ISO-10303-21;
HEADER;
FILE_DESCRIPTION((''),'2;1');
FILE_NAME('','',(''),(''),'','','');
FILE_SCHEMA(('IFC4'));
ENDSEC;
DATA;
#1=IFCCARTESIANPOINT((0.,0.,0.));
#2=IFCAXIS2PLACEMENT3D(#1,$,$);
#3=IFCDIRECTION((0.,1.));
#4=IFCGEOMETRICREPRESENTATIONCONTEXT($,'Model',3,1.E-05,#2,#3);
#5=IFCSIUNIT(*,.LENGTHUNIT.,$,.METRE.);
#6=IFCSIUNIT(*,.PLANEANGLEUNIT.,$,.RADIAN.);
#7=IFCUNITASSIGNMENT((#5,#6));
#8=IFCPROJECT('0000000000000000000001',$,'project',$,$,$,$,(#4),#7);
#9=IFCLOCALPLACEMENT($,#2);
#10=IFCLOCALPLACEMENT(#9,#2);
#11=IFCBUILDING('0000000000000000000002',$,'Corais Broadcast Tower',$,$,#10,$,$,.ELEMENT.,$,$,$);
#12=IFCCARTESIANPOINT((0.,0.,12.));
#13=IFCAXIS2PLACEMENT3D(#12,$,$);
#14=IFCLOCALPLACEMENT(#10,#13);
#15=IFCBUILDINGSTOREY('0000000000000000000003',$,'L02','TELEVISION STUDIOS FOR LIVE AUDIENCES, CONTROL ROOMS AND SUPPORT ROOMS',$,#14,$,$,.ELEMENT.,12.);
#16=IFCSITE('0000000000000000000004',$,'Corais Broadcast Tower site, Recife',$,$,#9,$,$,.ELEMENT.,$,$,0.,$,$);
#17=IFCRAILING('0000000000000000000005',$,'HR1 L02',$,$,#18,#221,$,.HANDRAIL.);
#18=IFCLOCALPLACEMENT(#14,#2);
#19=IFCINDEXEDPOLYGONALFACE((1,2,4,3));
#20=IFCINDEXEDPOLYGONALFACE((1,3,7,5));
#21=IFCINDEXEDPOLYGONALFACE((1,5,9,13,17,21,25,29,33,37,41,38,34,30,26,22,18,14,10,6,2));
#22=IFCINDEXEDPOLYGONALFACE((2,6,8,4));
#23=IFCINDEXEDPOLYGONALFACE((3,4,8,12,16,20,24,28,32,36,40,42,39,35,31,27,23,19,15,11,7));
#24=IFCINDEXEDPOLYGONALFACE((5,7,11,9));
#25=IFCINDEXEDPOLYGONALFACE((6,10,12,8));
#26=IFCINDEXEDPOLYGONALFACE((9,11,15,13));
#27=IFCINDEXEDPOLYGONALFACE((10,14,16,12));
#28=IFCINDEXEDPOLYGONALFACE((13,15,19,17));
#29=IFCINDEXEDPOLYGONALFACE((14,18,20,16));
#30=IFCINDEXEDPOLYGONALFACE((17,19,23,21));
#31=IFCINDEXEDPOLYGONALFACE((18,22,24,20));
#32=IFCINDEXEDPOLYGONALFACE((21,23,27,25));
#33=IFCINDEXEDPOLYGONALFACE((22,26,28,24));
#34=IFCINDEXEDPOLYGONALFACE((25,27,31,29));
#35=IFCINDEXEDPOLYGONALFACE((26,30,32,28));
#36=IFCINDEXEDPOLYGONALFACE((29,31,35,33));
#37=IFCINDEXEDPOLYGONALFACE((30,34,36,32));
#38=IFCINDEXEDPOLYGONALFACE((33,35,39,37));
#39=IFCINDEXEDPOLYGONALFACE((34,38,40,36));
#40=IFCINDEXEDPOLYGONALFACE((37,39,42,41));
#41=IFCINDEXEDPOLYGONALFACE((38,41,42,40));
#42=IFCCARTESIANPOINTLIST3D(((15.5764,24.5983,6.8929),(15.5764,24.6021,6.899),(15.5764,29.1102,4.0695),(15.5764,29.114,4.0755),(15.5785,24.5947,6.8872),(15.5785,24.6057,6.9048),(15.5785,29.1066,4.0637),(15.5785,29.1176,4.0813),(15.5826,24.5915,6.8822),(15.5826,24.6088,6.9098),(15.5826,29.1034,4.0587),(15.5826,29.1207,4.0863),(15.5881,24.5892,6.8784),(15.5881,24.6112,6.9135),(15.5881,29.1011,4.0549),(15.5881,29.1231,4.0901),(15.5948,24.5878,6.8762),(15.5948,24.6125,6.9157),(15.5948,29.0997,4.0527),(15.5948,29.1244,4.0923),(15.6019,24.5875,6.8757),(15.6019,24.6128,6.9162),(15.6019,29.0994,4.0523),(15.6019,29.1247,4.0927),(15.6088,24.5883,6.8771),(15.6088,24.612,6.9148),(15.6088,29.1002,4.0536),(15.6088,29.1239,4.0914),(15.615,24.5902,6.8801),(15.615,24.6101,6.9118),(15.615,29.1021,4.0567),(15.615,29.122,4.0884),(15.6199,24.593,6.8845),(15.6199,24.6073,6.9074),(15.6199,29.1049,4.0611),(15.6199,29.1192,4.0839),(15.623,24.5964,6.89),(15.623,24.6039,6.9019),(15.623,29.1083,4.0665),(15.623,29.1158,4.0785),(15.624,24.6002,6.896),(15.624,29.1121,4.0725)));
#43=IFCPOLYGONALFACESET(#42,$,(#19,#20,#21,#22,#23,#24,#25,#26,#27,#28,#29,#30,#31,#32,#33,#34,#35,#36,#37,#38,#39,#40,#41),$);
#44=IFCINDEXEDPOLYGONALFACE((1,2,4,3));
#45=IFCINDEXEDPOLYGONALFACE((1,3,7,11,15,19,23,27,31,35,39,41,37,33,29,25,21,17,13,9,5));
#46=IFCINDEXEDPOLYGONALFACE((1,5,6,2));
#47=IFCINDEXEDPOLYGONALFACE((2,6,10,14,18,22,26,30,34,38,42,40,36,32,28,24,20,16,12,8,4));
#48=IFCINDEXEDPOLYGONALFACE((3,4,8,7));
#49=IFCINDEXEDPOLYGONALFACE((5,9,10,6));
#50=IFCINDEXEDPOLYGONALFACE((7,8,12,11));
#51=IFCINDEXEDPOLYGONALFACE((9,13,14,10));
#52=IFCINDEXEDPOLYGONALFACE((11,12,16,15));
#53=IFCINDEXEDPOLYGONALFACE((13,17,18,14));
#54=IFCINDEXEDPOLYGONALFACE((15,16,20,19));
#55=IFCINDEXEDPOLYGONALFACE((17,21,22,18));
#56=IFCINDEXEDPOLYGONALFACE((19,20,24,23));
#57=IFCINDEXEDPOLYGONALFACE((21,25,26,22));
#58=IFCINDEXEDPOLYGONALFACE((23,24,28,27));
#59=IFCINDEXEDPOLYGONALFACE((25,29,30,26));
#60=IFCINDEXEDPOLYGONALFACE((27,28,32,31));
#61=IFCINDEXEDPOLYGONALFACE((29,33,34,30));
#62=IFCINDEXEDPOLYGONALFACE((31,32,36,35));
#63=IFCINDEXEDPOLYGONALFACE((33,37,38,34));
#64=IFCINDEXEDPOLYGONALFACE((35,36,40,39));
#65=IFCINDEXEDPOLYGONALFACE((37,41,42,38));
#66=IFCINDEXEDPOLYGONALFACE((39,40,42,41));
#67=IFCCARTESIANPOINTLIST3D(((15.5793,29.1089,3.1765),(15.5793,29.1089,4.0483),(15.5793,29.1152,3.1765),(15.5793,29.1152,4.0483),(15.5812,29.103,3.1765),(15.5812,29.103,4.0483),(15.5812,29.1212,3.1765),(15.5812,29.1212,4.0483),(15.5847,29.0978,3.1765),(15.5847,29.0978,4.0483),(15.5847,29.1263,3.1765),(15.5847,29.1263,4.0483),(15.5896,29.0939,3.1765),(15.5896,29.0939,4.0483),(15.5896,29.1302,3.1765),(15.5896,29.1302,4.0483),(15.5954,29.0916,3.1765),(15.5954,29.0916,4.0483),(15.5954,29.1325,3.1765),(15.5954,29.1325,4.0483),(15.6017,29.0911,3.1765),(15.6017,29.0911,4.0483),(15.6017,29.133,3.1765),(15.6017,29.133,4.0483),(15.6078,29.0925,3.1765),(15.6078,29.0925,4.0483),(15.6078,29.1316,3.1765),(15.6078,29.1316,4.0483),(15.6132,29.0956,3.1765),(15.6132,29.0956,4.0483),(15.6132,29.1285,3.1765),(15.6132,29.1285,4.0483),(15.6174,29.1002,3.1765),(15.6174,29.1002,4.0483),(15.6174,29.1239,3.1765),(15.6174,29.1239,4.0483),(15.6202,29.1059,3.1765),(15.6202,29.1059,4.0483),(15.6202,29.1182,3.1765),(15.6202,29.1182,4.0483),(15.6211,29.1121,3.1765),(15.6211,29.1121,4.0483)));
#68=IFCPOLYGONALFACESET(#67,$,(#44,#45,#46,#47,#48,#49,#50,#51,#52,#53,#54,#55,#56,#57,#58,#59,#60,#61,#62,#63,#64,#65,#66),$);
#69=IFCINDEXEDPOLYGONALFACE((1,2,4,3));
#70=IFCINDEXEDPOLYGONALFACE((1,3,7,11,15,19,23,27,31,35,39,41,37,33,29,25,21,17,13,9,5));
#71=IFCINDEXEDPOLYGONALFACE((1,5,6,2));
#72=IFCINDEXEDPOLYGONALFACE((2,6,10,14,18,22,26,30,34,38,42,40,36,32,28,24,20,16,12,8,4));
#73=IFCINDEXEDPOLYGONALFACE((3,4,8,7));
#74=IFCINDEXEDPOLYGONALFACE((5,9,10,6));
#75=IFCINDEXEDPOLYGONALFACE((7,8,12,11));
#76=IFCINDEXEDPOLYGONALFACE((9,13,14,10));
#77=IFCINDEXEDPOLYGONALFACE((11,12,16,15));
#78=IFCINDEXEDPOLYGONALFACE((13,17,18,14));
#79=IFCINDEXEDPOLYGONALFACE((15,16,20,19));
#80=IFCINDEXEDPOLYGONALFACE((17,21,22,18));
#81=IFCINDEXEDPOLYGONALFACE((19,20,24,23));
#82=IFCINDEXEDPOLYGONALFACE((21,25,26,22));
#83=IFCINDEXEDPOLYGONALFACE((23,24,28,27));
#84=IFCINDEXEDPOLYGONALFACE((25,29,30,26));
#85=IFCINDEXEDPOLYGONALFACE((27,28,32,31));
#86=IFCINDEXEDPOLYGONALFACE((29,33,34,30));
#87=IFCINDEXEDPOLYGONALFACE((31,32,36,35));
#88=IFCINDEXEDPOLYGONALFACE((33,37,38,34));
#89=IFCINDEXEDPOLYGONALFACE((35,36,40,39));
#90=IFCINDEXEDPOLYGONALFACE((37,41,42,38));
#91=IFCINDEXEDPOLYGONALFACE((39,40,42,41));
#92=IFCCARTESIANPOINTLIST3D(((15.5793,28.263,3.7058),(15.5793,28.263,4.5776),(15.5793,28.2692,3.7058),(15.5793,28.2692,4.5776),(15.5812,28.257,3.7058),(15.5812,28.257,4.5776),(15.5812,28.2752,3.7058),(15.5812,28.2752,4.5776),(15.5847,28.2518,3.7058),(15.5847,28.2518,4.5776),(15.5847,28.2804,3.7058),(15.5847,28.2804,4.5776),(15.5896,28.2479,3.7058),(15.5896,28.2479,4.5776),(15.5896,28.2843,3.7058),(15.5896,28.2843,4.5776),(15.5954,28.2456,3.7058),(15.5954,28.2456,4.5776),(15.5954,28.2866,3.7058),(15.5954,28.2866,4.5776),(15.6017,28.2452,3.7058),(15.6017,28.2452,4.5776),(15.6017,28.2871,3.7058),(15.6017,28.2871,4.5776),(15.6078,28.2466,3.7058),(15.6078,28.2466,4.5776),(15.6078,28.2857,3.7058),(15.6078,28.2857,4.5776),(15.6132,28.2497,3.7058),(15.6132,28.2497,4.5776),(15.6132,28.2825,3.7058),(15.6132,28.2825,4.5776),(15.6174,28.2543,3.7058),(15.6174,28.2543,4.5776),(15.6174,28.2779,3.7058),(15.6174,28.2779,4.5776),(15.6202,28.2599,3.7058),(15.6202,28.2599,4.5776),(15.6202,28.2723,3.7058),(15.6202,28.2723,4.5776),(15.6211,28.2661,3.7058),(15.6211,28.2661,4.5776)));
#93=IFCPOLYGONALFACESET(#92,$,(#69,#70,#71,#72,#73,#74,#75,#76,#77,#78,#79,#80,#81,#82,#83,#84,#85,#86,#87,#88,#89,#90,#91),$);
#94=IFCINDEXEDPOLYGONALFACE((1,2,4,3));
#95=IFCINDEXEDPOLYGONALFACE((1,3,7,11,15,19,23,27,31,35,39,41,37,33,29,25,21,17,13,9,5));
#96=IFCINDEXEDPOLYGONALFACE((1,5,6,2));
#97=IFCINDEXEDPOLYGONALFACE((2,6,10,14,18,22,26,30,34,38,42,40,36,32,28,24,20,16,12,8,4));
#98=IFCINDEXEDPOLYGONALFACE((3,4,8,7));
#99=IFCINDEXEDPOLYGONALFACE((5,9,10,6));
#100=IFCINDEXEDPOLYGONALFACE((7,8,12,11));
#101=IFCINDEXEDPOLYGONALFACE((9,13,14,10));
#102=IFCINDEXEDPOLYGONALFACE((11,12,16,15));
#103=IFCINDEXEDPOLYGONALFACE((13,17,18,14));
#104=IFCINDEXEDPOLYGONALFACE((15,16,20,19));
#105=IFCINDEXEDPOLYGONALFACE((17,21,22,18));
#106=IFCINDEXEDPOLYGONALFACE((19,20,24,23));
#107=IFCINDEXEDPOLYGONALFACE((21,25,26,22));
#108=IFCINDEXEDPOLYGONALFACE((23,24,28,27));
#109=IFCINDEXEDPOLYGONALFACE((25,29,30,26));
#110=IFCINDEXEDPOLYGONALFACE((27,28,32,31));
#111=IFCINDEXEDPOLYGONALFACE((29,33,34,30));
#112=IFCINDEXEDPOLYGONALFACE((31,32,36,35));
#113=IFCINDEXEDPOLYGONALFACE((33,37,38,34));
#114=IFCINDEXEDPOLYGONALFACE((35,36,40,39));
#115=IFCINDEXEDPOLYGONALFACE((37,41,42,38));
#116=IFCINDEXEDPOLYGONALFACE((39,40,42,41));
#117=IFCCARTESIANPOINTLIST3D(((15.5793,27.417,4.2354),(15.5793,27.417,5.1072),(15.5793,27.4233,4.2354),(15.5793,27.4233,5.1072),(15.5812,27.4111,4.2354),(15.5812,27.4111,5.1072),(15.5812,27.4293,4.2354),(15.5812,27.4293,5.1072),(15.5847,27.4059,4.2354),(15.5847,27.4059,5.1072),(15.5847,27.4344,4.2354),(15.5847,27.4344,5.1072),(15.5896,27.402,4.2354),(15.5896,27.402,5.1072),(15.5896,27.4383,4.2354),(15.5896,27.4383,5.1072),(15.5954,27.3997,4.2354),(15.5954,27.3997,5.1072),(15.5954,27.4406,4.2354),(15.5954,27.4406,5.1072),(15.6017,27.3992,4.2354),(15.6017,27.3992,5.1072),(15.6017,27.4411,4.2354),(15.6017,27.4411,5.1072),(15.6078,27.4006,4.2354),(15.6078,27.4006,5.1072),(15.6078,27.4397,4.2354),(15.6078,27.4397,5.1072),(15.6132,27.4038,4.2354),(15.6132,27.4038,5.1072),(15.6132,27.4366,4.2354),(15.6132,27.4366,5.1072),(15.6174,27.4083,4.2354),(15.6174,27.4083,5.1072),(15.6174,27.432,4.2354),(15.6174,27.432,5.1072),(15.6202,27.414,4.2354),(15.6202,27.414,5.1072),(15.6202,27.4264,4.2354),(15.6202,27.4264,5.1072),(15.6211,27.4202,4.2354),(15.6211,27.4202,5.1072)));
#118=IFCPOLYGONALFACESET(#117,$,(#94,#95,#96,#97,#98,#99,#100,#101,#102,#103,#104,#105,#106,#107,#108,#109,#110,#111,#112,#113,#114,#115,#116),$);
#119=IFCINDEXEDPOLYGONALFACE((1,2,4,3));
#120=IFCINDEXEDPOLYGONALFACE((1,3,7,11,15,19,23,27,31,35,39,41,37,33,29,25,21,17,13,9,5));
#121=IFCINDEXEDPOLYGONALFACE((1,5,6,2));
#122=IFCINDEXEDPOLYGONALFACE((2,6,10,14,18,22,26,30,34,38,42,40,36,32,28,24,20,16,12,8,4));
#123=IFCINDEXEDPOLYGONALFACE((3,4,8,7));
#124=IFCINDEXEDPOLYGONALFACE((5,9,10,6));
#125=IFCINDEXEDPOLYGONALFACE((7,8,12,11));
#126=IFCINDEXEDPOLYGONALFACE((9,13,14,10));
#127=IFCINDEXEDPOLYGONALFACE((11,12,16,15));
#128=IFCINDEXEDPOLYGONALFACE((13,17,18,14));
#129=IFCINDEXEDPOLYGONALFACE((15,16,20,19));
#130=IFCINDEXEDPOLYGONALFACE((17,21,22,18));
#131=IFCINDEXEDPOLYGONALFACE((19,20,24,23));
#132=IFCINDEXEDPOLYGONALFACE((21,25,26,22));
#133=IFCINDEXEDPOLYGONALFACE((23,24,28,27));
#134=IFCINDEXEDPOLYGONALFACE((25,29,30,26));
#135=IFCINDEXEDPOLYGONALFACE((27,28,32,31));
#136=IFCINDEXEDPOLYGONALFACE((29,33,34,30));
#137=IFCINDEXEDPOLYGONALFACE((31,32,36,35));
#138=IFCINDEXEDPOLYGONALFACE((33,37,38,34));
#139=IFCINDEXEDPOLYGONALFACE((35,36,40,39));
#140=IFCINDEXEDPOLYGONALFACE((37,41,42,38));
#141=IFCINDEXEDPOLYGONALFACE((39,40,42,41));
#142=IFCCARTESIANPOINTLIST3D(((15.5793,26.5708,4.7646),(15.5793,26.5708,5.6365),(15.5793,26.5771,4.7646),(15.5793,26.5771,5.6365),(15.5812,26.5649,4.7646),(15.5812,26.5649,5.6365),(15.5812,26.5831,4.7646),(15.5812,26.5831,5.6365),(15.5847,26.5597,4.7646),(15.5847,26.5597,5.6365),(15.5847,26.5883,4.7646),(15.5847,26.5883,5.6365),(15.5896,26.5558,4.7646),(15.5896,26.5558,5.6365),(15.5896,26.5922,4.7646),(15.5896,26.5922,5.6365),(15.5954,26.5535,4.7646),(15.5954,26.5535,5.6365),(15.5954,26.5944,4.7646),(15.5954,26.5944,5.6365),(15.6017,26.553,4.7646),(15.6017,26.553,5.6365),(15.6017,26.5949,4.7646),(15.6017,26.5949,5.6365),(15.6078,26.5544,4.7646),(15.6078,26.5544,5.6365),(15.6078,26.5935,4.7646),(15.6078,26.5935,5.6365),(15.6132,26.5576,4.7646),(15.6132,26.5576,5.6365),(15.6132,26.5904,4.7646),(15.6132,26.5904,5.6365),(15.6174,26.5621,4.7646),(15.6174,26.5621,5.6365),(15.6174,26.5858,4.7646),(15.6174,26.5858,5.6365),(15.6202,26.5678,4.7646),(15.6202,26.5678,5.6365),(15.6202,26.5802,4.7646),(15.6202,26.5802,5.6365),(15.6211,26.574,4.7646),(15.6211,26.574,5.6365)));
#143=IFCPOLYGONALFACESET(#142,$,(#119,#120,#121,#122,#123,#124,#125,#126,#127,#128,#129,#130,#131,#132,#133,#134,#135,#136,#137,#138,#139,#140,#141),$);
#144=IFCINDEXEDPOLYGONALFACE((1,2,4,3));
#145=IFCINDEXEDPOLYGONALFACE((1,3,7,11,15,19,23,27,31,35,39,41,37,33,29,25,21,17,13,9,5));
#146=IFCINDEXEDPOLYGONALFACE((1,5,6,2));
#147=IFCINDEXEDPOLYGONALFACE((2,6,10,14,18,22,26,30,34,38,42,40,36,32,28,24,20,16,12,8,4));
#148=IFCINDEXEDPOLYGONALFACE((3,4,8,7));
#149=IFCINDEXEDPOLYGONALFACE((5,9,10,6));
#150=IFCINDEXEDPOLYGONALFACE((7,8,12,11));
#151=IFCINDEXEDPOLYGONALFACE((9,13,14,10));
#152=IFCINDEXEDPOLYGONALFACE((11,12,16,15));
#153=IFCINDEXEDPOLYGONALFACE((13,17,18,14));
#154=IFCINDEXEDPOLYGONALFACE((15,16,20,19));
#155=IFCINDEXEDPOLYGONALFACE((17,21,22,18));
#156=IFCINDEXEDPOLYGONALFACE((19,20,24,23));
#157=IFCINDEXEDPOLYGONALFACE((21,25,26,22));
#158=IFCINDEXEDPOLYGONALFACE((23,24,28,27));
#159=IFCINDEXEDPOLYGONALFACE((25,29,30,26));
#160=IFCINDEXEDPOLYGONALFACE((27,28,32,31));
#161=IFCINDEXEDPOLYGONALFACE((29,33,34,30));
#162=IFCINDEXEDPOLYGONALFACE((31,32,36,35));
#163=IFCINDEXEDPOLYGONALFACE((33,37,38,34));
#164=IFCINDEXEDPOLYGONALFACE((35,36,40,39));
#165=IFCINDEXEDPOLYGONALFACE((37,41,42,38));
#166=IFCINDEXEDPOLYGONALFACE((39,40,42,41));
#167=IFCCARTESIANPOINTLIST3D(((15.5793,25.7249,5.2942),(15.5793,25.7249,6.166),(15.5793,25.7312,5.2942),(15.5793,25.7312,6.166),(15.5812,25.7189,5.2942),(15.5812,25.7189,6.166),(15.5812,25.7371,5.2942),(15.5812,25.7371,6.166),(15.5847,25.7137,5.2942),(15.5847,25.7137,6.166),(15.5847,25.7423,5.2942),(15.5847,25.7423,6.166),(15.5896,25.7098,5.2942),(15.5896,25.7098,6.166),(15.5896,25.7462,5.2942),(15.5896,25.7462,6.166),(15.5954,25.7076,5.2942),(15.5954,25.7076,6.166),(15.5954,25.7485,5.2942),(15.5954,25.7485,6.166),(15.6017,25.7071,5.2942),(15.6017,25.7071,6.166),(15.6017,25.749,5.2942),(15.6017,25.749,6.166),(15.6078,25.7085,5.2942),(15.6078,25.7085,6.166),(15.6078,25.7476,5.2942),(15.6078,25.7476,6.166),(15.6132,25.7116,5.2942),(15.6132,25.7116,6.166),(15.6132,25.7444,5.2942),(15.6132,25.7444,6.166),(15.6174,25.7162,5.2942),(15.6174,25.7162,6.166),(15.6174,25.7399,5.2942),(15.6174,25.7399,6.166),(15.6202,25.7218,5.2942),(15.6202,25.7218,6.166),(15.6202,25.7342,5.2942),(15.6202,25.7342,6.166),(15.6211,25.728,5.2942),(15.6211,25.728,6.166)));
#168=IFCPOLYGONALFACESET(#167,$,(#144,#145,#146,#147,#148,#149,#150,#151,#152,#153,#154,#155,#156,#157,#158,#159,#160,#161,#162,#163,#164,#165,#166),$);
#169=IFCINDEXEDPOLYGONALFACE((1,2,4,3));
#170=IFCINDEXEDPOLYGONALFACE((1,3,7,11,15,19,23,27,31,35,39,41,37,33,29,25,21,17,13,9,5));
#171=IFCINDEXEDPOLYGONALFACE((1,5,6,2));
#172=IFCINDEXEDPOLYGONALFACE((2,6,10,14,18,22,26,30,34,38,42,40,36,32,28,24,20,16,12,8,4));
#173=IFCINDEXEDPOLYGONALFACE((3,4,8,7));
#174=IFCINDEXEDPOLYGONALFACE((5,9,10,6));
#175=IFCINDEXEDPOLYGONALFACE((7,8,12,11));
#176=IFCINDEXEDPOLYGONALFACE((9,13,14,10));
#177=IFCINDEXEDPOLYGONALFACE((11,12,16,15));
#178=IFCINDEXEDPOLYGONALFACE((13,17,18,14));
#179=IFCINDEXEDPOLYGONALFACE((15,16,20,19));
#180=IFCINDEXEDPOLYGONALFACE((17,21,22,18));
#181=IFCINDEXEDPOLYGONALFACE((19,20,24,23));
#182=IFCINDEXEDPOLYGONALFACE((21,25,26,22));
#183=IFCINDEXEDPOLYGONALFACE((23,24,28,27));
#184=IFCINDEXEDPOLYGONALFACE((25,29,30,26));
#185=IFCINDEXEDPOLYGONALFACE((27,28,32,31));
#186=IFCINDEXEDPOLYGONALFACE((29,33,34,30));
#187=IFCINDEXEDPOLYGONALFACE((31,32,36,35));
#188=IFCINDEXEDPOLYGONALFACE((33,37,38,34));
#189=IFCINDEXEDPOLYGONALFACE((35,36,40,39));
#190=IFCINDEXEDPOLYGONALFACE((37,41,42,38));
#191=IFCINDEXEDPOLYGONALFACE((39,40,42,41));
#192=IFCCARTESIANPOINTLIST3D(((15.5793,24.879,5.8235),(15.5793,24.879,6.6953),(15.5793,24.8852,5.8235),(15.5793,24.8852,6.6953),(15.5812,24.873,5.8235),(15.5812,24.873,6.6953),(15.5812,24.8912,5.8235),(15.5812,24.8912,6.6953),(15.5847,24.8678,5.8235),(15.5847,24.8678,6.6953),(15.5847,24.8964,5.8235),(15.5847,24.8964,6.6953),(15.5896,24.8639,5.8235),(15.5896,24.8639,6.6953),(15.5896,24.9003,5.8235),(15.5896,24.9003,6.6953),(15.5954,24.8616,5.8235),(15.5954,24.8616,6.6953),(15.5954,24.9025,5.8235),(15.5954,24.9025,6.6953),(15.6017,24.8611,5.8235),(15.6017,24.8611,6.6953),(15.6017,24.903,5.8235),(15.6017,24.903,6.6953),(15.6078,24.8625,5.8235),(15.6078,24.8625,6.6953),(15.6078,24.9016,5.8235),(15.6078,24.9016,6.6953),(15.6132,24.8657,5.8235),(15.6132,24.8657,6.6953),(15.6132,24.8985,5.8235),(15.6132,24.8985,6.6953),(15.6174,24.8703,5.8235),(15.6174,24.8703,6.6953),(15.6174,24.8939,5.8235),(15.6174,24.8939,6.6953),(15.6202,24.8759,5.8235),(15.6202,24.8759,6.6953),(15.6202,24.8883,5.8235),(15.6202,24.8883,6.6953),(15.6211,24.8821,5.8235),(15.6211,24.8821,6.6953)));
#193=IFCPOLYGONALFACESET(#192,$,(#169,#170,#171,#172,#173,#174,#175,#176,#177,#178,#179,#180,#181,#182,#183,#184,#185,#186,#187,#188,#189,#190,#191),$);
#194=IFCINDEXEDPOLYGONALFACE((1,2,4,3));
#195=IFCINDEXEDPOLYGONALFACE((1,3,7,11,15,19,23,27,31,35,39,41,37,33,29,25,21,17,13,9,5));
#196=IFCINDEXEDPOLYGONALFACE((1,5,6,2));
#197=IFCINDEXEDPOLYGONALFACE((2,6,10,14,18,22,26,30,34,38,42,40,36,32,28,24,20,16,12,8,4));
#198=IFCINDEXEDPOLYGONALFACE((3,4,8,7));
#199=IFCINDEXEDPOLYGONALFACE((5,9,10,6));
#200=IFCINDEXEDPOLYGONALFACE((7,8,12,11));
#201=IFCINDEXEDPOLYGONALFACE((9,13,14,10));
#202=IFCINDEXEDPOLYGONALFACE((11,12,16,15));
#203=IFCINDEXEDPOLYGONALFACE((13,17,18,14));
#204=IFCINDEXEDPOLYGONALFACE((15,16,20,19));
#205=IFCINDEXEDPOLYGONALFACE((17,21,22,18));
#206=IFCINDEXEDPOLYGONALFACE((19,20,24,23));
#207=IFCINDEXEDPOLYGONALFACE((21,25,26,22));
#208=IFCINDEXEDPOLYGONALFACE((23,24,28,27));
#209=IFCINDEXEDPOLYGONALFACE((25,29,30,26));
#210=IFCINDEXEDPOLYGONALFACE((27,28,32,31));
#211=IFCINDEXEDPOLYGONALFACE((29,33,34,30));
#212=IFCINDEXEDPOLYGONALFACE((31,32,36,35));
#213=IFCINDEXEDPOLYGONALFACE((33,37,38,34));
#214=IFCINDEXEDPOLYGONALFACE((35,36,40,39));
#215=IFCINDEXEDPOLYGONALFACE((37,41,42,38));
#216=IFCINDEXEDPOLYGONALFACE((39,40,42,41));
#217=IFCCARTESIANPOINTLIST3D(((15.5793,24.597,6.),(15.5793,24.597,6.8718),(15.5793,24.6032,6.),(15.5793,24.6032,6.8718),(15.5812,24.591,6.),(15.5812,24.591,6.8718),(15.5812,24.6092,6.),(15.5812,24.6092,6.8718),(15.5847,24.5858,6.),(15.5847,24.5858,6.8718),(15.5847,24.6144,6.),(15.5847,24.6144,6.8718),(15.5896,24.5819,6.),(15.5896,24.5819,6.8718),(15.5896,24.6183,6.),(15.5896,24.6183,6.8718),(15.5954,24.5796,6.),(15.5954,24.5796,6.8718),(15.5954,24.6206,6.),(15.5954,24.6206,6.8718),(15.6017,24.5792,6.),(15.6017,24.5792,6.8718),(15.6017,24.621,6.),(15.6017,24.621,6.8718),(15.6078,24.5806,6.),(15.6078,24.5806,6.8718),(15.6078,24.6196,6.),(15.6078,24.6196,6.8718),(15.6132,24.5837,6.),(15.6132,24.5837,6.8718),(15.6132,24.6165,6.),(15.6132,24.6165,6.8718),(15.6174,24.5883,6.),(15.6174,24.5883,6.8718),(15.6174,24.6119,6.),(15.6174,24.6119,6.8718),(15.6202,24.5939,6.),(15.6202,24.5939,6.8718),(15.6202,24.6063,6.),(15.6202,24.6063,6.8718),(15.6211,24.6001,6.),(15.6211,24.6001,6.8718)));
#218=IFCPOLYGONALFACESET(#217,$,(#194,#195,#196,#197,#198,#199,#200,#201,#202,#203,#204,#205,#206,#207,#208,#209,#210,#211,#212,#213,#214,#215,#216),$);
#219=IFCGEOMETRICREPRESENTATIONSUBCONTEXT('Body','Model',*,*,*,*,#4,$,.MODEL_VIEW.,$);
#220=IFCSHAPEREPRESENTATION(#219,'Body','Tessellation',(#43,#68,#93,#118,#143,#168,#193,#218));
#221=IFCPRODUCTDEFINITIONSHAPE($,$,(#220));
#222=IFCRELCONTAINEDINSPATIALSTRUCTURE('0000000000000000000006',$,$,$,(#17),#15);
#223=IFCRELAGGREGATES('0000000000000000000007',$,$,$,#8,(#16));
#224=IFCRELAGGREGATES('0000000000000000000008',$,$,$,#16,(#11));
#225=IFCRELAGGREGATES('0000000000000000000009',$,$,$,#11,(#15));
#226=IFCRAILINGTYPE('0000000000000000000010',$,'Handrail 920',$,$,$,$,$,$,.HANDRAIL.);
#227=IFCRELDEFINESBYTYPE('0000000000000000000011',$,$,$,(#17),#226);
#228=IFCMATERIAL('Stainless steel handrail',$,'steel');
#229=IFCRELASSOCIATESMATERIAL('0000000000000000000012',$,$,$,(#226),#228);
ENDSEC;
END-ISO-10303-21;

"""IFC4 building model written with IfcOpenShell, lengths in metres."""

from ifc_helpers import new_model, si_unit, direction, frame, origin, origin_2d, place, context, subcontext, project, spatial, circle, extrude, material, type_object, element, save


model = new_model("IFC4")

# Units and contexts
model_context = context("Model", 3, precision=1e-05, world=origin(), true_north=direction((0.0, 1.0)))
body_context = subcontext(model_context, "Body", "Model", "MODEL_VIEW")
ifc_project = project(units=[si_unit("LENGTHUNIT", "METRE"), si_unit("PLANEANGLEUNIT", "RADIAN")], contexts=[model_context])

# Site, building, storey
site_placement = place(None, origin())
site = spatial("IfcSite", under=ifc_project, at=site_placement, Name="Corais Broadcast Tower site, Recife", CompositionType="ELEMENT", RefElevation=0.0)
building_placement = place(site_placement, origin())
building = spatial("IfcBuilding", under=site, at=building_placement, Name="Corais Broadcast Tower", CompositionType="ELEMENT")
storey_placement = place(building_placement, frame((0.0, 0.0, 12.0)))
storey = spatial("IfcBuildingStorey", under=building, at=storey_placement, Name="L02", Description="TELEVISION STUDIOS FOR LIVE AUDIENCES, CONTROL ROOMS AND SUPPORT ROOMS", CompositionType="ELEMENT", Elevation=12.0)

# Railing
ifc_material_1 = material(Name="Stainless steel handrail", Category="steel")
railing_type = type_object("IfcRailingType", Name="Handrail 920", PredefinedType="HANDRAIL", material=ifc_material_1)
railing_placement = place(storey_placement, frame((15.6001, 29.1121, 3.1765)))
element("IfcRailing", 1, at=railing_placement, inside=storey, type_object=railing_type, Name="HR1 L02", PredefinedType="HANDRAIL", context=body_context, shape_type="SweptSolid", body=[
    extrude(circle(Radius=0.0239, at=origin_2d()), frame((0.0, 0.0, 0.896), z_axis=(0.0, -0.847702, 0.530473), x_axis=(1.0, 0.0, 0.0)), (0.0, 0.0, 1.0), 5.3225),
    extrude(circle(Radius=0.021, at=origin_2d()), origin(), (0.0, 0.0, 1.0), 0.8718),
    extrude(circle(Radius=0.021, at=origin_2d()), frame((0.0, -0.8459, 0.5293)), (0.0, 0.0, 1.0), 0.8718),
    extrude(circle(Radius=0.021, at=origin_2d()), frame((0.0, -1.6919, 1.0588)), (0.0, 0.0, 1.0), 0.8718),
    extrude(circle(Radius=0.021, at=origin_2d()), frame((0.0, -2.5381, 1.5881)), (0.0, 0.0, 1.0), 0.8718),
    extrude(circle(Radius=0.021, at=origin_2d()), frame((0.0, -3.384, 2.1177)), (0.0, 0.0, 1.0), 0.8718),
    extrude(circle(Radius=0.021, at=origin_2d()), frame((0.0, -4.23, 2.647)), (0.0, 0.0, 1.0), 0.8718),
    extrude(circle(Radius=0.021, at=origin_2d()), frame((0.0, -4.512, 2.8235)), (0.0, 0.0, 1.0), 0.8718),
])

save(model, "model.ifc")
